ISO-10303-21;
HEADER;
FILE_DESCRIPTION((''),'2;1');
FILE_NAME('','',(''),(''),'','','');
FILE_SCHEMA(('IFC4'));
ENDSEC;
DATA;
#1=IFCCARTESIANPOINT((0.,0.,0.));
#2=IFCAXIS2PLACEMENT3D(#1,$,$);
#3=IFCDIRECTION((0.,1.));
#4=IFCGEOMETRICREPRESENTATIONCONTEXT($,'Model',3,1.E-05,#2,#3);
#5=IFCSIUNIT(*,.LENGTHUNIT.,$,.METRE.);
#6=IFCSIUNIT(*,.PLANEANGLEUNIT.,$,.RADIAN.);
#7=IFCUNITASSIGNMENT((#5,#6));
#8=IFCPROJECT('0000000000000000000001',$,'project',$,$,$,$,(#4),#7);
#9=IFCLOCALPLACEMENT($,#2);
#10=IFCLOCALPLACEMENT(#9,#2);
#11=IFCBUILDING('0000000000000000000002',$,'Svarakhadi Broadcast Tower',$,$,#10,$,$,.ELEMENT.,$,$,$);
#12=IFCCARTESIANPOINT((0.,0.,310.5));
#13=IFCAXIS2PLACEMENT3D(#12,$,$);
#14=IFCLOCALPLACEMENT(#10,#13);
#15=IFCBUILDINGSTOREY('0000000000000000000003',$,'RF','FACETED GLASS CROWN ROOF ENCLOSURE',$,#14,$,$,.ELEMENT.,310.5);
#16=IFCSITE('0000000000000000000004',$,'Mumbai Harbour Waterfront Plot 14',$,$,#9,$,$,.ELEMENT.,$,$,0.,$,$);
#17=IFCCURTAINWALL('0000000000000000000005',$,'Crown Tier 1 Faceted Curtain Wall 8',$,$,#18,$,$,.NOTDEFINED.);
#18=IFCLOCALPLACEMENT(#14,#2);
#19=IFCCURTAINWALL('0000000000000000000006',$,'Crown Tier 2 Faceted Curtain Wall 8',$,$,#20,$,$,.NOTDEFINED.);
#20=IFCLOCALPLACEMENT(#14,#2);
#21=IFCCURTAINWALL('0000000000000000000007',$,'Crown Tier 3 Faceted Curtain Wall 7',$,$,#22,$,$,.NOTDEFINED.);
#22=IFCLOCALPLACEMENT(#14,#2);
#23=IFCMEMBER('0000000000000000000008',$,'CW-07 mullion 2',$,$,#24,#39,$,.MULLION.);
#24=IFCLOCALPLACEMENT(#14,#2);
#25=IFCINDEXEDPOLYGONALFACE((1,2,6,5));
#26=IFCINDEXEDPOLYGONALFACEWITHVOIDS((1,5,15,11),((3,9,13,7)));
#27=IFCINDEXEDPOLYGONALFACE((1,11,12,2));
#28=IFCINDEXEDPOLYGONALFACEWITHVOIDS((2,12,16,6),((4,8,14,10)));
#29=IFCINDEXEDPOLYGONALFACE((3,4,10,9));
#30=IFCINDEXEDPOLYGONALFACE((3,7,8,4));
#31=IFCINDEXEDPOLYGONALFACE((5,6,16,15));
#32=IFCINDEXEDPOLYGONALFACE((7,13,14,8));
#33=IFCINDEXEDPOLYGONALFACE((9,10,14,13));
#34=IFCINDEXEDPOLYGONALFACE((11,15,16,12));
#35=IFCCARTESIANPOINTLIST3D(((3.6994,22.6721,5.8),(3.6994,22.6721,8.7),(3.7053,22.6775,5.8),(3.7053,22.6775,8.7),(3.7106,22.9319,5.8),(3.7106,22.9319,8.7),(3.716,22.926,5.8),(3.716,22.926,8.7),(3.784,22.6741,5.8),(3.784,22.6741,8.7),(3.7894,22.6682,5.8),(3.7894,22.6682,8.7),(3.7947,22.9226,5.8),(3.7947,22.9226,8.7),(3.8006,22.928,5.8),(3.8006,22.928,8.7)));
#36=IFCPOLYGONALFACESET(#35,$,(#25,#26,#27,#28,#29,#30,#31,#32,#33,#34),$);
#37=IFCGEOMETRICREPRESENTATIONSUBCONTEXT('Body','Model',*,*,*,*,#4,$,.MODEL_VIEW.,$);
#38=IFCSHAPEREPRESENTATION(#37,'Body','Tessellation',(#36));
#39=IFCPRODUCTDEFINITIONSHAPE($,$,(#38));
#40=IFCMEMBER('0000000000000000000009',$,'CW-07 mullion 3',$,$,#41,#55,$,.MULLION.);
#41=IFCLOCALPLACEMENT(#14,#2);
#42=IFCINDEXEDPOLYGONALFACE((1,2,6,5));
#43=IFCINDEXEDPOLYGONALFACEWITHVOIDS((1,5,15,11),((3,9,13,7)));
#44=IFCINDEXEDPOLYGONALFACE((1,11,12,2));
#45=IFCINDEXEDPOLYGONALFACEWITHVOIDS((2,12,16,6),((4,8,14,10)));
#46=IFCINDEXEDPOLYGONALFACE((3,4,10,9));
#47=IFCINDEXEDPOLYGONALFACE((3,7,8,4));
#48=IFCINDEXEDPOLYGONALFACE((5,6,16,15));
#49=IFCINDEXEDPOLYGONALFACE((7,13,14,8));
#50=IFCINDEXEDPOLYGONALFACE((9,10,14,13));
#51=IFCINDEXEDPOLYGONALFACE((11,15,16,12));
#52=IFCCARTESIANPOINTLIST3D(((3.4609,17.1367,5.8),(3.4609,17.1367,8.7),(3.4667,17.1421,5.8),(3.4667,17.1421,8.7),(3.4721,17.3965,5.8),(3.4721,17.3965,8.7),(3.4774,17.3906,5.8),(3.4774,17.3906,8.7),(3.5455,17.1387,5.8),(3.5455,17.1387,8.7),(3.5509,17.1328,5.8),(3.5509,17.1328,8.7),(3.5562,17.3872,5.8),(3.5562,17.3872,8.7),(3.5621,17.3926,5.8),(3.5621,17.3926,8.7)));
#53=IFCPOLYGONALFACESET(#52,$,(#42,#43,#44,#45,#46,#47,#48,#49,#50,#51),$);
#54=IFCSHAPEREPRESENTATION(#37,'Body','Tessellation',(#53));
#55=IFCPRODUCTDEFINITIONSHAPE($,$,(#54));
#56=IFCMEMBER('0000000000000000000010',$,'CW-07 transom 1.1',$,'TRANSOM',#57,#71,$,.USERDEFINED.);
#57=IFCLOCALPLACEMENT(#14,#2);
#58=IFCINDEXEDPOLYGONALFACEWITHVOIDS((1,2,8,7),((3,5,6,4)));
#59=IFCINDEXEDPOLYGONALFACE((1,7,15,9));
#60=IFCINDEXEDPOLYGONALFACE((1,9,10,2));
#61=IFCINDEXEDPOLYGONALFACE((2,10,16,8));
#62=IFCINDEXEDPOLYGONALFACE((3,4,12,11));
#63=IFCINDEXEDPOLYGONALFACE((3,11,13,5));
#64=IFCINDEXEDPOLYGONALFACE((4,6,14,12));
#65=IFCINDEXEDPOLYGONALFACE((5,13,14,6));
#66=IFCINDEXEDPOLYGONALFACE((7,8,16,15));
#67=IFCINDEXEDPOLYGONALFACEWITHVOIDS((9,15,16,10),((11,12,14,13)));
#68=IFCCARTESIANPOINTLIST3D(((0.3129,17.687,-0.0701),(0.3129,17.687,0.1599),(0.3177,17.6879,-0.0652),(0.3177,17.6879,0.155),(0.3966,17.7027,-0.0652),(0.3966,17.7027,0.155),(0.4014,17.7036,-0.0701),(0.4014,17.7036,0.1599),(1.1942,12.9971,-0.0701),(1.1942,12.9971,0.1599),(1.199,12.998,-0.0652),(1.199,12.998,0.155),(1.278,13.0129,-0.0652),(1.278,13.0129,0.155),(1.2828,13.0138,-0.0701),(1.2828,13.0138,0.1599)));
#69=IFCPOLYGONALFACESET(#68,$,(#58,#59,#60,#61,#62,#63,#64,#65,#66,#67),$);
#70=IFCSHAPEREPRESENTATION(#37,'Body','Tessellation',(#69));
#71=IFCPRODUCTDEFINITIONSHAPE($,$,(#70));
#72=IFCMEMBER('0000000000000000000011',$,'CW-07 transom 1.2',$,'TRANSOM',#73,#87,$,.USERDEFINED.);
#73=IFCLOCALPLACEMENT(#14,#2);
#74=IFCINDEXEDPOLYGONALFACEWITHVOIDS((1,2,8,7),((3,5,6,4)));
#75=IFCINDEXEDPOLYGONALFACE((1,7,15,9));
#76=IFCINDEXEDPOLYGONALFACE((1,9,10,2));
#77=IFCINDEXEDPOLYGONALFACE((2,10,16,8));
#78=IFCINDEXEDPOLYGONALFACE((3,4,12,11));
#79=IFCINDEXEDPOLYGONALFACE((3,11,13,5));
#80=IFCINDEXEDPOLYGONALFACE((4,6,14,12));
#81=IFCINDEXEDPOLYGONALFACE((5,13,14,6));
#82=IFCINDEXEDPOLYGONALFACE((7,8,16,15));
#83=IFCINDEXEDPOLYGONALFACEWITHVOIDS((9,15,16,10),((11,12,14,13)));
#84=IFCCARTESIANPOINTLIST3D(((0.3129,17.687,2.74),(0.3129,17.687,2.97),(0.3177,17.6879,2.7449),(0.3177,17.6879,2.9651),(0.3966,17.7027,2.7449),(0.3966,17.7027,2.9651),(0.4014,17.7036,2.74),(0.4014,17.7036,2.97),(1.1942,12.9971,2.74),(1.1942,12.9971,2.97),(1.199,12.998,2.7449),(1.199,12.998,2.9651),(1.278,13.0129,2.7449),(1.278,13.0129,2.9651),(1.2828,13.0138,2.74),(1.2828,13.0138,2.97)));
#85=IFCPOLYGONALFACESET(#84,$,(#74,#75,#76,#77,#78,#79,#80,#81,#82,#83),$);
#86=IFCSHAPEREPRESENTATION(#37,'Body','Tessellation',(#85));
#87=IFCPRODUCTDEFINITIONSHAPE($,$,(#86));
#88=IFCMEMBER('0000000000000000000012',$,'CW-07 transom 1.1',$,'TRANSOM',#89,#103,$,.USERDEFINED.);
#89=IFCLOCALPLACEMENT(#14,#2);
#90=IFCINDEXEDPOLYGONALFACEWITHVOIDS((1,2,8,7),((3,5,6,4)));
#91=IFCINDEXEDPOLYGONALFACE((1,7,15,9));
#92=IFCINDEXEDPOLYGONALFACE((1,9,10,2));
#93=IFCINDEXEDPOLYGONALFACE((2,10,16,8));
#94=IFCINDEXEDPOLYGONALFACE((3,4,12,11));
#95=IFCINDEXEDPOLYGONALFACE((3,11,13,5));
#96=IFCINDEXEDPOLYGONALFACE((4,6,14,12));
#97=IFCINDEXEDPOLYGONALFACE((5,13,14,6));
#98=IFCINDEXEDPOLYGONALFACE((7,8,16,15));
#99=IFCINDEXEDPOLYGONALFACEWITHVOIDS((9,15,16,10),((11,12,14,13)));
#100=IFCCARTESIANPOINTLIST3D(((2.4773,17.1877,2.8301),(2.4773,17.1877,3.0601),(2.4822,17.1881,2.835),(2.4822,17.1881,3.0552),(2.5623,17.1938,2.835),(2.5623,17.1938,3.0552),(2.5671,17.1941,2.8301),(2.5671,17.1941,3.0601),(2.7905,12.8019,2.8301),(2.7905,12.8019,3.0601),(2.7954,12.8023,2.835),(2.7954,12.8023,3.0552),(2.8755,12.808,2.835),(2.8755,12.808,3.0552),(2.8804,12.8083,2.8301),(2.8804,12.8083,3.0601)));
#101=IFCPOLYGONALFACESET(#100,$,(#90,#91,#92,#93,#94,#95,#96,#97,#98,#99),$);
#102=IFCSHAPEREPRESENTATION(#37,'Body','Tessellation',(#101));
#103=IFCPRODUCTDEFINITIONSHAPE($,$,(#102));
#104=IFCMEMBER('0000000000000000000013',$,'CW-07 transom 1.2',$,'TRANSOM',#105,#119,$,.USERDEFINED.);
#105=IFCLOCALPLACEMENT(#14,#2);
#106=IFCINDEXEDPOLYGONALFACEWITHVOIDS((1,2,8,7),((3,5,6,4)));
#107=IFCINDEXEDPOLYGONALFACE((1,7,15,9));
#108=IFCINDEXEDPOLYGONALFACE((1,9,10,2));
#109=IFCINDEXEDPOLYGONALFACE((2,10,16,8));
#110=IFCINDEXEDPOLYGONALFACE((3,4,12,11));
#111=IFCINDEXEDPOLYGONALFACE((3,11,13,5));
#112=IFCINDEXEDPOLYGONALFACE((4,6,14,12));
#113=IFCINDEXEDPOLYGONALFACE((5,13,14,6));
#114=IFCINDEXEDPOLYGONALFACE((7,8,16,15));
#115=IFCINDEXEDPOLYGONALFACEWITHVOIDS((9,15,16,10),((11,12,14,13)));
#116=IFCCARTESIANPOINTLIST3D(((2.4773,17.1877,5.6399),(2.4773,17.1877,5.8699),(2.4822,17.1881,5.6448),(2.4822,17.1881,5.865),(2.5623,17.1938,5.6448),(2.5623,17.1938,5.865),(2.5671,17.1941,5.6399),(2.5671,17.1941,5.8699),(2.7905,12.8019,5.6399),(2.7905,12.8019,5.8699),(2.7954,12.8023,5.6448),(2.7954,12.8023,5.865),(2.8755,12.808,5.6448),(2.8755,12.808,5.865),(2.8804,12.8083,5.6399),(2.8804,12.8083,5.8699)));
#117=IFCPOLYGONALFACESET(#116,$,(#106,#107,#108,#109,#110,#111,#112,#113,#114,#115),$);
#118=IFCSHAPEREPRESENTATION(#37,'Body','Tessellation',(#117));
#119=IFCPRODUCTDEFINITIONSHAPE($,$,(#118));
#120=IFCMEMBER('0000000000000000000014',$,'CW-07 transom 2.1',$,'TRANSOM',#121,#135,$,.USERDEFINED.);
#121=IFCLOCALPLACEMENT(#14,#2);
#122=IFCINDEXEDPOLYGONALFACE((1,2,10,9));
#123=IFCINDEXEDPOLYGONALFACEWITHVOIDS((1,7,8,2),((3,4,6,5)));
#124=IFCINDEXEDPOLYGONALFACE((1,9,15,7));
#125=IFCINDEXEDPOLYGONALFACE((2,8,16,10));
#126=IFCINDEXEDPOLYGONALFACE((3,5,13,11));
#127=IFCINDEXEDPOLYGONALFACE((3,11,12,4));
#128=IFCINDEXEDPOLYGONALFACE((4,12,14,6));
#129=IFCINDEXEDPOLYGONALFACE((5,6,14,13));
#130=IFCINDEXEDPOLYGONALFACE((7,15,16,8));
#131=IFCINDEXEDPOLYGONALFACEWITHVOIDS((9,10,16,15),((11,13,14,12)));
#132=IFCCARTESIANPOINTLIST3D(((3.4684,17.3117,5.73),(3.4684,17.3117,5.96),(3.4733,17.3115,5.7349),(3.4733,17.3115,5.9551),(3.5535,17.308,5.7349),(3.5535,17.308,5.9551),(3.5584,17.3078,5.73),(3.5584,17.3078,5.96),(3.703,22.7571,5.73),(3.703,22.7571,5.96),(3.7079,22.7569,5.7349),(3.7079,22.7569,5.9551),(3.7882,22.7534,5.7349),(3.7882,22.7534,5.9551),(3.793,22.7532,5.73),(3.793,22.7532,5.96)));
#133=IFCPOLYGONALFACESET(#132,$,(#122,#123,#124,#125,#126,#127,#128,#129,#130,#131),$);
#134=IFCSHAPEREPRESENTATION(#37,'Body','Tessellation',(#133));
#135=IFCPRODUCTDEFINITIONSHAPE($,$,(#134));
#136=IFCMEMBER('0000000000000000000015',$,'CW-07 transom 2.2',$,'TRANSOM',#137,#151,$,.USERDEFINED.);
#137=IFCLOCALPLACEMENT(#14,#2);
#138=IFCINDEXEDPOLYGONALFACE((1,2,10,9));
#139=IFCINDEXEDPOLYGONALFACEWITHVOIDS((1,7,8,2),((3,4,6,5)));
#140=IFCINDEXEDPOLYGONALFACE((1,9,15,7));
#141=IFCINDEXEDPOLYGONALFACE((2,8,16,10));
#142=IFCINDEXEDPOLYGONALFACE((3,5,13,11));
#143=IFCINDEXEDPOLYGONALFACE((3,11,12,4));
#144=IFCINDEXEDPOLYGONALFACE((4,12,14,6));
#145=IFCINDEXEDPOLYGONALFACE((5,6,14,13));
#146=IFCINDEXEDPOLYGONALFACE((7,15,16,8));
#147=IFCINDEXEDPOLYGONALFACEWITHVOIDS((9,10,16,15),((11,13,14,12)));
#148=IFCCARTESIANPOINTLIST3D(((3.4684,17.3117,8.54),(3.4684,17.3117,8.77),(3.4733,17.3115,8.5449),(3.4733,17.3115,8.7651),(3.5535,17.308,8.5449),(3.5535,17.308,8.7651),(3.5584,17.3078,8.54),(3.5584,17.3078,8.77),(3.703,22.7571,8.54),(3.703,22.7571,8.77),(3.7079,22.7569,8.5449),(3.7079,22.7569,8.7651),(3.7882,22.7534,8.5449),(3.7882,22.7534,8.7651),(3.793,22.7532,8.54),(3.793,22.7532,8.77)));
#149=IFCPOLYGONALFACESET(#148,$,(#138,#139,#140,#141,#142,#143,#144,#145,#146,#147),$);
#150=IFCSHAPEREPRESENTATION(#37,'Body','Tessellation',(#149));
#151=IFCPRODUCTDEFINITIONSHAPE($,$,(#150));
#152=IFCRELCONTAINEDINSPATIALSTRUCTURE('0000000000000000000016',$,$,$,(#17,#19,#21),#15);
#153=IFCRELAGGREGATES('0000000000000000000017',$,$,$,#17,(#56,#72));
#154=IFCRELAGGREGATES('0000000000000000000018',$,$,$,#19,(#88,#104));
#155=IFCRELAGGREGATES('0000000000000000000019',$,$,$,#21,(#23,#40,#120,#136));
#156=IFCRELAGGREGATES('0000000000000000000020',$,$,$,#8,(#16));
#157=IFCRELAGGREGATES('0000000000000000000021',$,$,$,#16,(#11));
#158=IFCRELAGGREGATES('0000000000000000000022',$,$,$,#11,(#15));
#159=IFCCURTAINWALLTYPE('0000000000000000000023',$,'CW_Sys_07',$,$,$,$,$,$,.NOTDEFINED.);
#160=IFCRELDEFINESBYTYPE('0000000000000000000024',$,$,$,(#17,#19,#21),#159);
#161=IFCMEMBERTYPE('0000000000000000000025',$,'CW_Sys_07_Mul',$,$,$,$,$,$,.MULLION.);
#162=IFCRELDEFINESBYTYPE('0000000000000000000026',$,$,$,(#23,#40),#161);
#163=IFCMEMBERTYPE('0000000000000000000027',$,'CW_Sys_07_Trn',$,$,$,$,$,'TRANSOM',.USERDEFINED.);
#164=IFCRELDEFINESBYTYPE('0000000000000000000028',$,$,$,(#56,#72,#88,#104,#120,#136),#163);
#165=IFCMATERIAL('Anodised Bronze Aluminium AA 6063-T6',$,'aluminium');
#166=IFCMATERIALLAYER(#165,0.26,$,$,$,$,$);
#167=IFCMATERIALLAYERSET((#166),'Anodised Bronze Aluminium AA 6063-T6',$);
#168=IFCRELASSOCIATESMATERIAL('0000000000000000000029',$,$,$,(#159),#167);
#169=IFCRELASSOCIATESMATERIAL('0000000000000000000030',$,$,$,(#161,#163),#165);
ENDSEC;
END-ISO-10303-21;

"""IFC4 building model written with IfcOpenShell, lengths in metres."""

from ifc_helpers import new_model, si_unit, direction, frame, origin, origin_2d, place, context, subcontext, project, spatial, hollow_rectangle, extrude, material, layer, layer_set, material_profile, profile_set, type_object, element, aggregate, save


model = new_model("IFC4")

# Units and contexts
model_context = context("Model", 3, precision=1e-05, world=origin(), true_north=direction((0.0, 1.0)))
body_context = subcontext(model_context, "Body", "Model", "MODEL_VIEW")
ifc_project = project(units=[si_unit("LENGTHUNIT", "METRE"), si_unit("PLANEANGLEUNIT", "RADIAN")], contexts=[model_context])

# Site, building, storey
site_placement = place(None, origin())
site = spatial("IfcSite", under=ifc_project, at=site_placement, Name="Mumbai Harbour Waterfront Plot 14", CompositionType="ELEMENT", RefElevation=0.0)
building_placement = place(site_placement, origin())
building = spatial("IfcBuilding", under=site, at=building_placement, Name="Svarakhadi Broadcast Tower", CompositionType="ELEMENT")
storey_placement = place(building_placement, frame((0.0, 0.0, 310.5)))
storey = spatial("IfcBuildingStorey", under=building, at=storey_placement, Name="RF", Description="FACETED GLASS CROWN ROOF ENCLOSURE", CompositionType="ELEMENT", Elevation=310.5)

# Curtain walls
ifc_material_1 = material(Name="Anodised Bronze Aluminium AA 6063-T6", Category="aluminium")
ifc_layer_1 = layer(ifc_material_1, 0.26)
ifc_layer_set_1 = layer_set([ifc_layer_1], Name="Anodised Bronze Aluminium AA 6063-T6")
curtain_wall_type = type_object("IfcCurtainWallType", Name="CW_Sys_07", PredefinedType="NOTDEFINED", material=ifc_layer_set_1)
ifc_material_profile_1 = material_profile(ifc_material_1, hollow_rectangle(XDim=0.0901, YDim=0.26, WallThickness=0.0056, at=origin_2d()), Name="ALU MULLION 260x90x6")
ifc_profile_set_1 = profile_set([ifc_material_profile_1], Name="Anodised Bronze Aluminium AA 6063-T6")
member_type_1 = type_object("IfcMemberType", Name="CW_Sys_07_Mul", PredefinedType="MULLION", material=ifc_profile_set_1)
curtain_wall_1_placement = place(storey_placement, origin())
curtain_wall_1 = element("IfcCurtainWall", 1, at=curtain_wall_1_placement, inside=storey, type_object=curtain_wall_type, Name="Crown Tier 1 Faceted Curtain Wall 8", PredefinedType="NOTDEFINED")
curtain_wall_2_placement = place(storey_placement, origin())
curtain_wall_2 = element("IfcCurtainWall", 2, at=curtain_wall_2_placement, inside=storey, type_object=curtain_wall_type, Name="Crown Tier 2 Faceted Curtain Wall 8", PredefinedType="NOTDEFINED")

# Curtain wall, members
curtain_wall_3_placement = place(storey_placement, origin())
curtain_wall_3 = element("IfcCurtainWall", 3, at=curtain_wall_3_placement, inside=storey, type_object=curtain_wall_type, Name="Crown Tier 3 Faceted Curtain Wall 7", PredefinedType="NOTDEFINED")
member_1_placement = place(storey_placement, frame((3.75, 22.8, 5.8), z_axis=(0.0, 0.0, 1.0), x_axis=(0.999073, -0.043059, 0.0)))
member_1 = element("IfcMember", 4, at=member_1_placement, type_object=member_type_1, Name="CW-07 mullion 2", PredefinedType="MULLION", context=body_context, shape_type="SweptSolid", body=[
    extrude(hollow_rectangle(XDim=0.0901, YDim=0.26, WallThickness=0.0056, at=origin_2d()), origin(), (0.0, 0.0, 1.0), 2.8999),
])
member_2_placement = place(storey_placement, frame((3.5115, 17.2646, 5.8), z_axis=(0.0, 0.0, 1.0), x_axis=(0.999073, -0.043059, 0.0)))
member_2 = element("IfcMember", 5, at=member_2_placement, type_object=member_type_1, Name="CW-07 mullion 3", PredefinedType="MULLION", context=body_context, shape_type="SweptSolid", body=[
    extrude(hollow_rectangle(XDim=0.0901, YDim=0.26, WallThickness=0.0056, at=origin_2d()), origin(), (0.0, 0.0, 1.0), 2.8999),
])

# Members
ifc_material_profile_2 = material_profile(ifc_material_1, hollow_rectangle(XDim=0.0901, YDim=0.23, WallThickness=0.0049, at=origin_2d()), Name="ALU TRANSOM 230x90x5")
ifc_profile_set_2 = profile_set([ifc_material_profile_2], Name="Anodised Bronze Aluminium AA 6063-T6")
member_type_2 = type_object("IfcMemberType", Name="CW_Sys_07_Trn", ElementType="TRANSOM", PredefinedType="USERDEFINED", material=ifc_profile_set_2)
member_3_placement = place(storey_placement, frame((0.3572, 17.6953, 0.0449), z_axis=(0.18469, -0.982797, 0.0), x_axis=(0.982797, 0.18469, 0.0)))
member_3 = element("IfcMember", 6, at=member_3_placement, type_object=member_type_2, Name="CW-07 transom 1.1", ObjectType="TRANSOM", PredefinedType="USERDEFINED", context=body_context, shape_type="SweptSolid", body=[
    extrude(hollow_rectangle(XDim=0.0901, YDim=0.23, WallThickness=0.0049, at=origin_2d()), origin(), (0.0, 0.0, 1.0), 4.772),
])
member_4_placement = place(storey_placement, frame((0.3572, 17.6953, 2.855), z_axis=(0.18469, -0.982797, 0.0), x_axis=(0.982797, 0.18469, 0.0)))
member_4 = element("IfcMember", 7, at=member_4_placement, type_object=member_type_2, Name="CW-07 transom 1.2", ObjectType="TRANSOM", PredefinedType="USERDEFINED", context=body_context, shape_type="SweptSolid", body=[
    extrude(hollow_rectangle(XDim=0.0901, YDim=0.23, WallThickness=0.0049, at=origin_2d()), origin(), (0.0, 0.0, 1.0), 4.772),
])
aggregate(curtain_wall_1, [member_3, member_4])
member_5_placement = place(storey_placement, frame((2.5222, 17.1909, 2.9451), z_axis=(0.071239, -0.997459, 0.0), x_axis=(0.997459, 0.071239, 0.0)))
member_5 = element("IfcMember", 8, at=member_5_placement, type_object=member_type_2, Name="CW-07 transom 1.1", ObjectType="TRANSOM", PredefinedType="USERDEFINED", context=body_context, shape_type="SweptSolid", body=[
    extrude(hollow_rectangle(XDim=0.0901, YDim=0.23, WallThickness=0.0049, at=origin_2d()), origin(), (0.0, 0.0, 1.0), 4.397),
])
member_6_placement = place(storey_placement, frame((2.5222, 17.1909, 5.7549), z_axis=(0.071239, -0.997459, 0.0), x_axis=(0.997459, 0.071239, 0.0)))
member_6 = element("IfcMember", 9, at=member_6_placement, type_object=member_type_2, Name="CW-07 transom 1.2", ObjectType="TRANSOM", PredefinedType="USERDEFINED", context=body_context, shape_type="SweptSolid", body=[
    extrude(hollow_rectangle(XDim=0.0901, YDim=0.23, WallThickness=0.0049, at=origin_2d()), origin(), (0.0, 0.0, 1.0), 4.397),
])
aggregate(curtain_wall_2, [member_5, member_6])
member_7_placement = place(storey_placement, frame((3.748, 22.7551, 5.845), z_axis=(-0.043047, -0.999073, 0.0), x_axis=(0.999073, -0.043047, 0.0)))
member_7 = element("IfcMember", 10, at=member_7_placement, type_object=member_type_2, Name="CW-07 transom 2.1", ObjectType="TRANSOM", PredefinedType="USERDEFINED", context=body_context, shape_type="SweptSolid", body=[
    extrude(hollow_rectangle(XDim=0.0901, YDim=0.23, WallThickness=0.0049, at=origin_2d()), origin(), (0.0, 0.0, 1.0), 5.4504),
])
member_8_placement = place(storey_placement, frame((3.748, 22.7551, 8.655), z_axis=(-0.043047, -0.999073, 0.0), x_axis=(0.999073, -0.043047, 0.0)))
member_8 = element("IfcMember", 11, at=member_8_placement, type_object=member_type_2, Name="CW-07 transom 2.2", ObjectType="TRANSOM", PredefinedType="USERDEFINED", context=body_context, shape_type="SweptSolid", body=[
    extrude(hollow_rectangle(XDim=0.0901, YDim=0.23, WallThickness=0.0049, at=origin_2d()), origin(), (0.0, 0.0, 1.0), 5.4504),
])

aggregate(curtain_wall_3, [member_1, member_2, member_7, member_8])

save(model, "model.ifc")
